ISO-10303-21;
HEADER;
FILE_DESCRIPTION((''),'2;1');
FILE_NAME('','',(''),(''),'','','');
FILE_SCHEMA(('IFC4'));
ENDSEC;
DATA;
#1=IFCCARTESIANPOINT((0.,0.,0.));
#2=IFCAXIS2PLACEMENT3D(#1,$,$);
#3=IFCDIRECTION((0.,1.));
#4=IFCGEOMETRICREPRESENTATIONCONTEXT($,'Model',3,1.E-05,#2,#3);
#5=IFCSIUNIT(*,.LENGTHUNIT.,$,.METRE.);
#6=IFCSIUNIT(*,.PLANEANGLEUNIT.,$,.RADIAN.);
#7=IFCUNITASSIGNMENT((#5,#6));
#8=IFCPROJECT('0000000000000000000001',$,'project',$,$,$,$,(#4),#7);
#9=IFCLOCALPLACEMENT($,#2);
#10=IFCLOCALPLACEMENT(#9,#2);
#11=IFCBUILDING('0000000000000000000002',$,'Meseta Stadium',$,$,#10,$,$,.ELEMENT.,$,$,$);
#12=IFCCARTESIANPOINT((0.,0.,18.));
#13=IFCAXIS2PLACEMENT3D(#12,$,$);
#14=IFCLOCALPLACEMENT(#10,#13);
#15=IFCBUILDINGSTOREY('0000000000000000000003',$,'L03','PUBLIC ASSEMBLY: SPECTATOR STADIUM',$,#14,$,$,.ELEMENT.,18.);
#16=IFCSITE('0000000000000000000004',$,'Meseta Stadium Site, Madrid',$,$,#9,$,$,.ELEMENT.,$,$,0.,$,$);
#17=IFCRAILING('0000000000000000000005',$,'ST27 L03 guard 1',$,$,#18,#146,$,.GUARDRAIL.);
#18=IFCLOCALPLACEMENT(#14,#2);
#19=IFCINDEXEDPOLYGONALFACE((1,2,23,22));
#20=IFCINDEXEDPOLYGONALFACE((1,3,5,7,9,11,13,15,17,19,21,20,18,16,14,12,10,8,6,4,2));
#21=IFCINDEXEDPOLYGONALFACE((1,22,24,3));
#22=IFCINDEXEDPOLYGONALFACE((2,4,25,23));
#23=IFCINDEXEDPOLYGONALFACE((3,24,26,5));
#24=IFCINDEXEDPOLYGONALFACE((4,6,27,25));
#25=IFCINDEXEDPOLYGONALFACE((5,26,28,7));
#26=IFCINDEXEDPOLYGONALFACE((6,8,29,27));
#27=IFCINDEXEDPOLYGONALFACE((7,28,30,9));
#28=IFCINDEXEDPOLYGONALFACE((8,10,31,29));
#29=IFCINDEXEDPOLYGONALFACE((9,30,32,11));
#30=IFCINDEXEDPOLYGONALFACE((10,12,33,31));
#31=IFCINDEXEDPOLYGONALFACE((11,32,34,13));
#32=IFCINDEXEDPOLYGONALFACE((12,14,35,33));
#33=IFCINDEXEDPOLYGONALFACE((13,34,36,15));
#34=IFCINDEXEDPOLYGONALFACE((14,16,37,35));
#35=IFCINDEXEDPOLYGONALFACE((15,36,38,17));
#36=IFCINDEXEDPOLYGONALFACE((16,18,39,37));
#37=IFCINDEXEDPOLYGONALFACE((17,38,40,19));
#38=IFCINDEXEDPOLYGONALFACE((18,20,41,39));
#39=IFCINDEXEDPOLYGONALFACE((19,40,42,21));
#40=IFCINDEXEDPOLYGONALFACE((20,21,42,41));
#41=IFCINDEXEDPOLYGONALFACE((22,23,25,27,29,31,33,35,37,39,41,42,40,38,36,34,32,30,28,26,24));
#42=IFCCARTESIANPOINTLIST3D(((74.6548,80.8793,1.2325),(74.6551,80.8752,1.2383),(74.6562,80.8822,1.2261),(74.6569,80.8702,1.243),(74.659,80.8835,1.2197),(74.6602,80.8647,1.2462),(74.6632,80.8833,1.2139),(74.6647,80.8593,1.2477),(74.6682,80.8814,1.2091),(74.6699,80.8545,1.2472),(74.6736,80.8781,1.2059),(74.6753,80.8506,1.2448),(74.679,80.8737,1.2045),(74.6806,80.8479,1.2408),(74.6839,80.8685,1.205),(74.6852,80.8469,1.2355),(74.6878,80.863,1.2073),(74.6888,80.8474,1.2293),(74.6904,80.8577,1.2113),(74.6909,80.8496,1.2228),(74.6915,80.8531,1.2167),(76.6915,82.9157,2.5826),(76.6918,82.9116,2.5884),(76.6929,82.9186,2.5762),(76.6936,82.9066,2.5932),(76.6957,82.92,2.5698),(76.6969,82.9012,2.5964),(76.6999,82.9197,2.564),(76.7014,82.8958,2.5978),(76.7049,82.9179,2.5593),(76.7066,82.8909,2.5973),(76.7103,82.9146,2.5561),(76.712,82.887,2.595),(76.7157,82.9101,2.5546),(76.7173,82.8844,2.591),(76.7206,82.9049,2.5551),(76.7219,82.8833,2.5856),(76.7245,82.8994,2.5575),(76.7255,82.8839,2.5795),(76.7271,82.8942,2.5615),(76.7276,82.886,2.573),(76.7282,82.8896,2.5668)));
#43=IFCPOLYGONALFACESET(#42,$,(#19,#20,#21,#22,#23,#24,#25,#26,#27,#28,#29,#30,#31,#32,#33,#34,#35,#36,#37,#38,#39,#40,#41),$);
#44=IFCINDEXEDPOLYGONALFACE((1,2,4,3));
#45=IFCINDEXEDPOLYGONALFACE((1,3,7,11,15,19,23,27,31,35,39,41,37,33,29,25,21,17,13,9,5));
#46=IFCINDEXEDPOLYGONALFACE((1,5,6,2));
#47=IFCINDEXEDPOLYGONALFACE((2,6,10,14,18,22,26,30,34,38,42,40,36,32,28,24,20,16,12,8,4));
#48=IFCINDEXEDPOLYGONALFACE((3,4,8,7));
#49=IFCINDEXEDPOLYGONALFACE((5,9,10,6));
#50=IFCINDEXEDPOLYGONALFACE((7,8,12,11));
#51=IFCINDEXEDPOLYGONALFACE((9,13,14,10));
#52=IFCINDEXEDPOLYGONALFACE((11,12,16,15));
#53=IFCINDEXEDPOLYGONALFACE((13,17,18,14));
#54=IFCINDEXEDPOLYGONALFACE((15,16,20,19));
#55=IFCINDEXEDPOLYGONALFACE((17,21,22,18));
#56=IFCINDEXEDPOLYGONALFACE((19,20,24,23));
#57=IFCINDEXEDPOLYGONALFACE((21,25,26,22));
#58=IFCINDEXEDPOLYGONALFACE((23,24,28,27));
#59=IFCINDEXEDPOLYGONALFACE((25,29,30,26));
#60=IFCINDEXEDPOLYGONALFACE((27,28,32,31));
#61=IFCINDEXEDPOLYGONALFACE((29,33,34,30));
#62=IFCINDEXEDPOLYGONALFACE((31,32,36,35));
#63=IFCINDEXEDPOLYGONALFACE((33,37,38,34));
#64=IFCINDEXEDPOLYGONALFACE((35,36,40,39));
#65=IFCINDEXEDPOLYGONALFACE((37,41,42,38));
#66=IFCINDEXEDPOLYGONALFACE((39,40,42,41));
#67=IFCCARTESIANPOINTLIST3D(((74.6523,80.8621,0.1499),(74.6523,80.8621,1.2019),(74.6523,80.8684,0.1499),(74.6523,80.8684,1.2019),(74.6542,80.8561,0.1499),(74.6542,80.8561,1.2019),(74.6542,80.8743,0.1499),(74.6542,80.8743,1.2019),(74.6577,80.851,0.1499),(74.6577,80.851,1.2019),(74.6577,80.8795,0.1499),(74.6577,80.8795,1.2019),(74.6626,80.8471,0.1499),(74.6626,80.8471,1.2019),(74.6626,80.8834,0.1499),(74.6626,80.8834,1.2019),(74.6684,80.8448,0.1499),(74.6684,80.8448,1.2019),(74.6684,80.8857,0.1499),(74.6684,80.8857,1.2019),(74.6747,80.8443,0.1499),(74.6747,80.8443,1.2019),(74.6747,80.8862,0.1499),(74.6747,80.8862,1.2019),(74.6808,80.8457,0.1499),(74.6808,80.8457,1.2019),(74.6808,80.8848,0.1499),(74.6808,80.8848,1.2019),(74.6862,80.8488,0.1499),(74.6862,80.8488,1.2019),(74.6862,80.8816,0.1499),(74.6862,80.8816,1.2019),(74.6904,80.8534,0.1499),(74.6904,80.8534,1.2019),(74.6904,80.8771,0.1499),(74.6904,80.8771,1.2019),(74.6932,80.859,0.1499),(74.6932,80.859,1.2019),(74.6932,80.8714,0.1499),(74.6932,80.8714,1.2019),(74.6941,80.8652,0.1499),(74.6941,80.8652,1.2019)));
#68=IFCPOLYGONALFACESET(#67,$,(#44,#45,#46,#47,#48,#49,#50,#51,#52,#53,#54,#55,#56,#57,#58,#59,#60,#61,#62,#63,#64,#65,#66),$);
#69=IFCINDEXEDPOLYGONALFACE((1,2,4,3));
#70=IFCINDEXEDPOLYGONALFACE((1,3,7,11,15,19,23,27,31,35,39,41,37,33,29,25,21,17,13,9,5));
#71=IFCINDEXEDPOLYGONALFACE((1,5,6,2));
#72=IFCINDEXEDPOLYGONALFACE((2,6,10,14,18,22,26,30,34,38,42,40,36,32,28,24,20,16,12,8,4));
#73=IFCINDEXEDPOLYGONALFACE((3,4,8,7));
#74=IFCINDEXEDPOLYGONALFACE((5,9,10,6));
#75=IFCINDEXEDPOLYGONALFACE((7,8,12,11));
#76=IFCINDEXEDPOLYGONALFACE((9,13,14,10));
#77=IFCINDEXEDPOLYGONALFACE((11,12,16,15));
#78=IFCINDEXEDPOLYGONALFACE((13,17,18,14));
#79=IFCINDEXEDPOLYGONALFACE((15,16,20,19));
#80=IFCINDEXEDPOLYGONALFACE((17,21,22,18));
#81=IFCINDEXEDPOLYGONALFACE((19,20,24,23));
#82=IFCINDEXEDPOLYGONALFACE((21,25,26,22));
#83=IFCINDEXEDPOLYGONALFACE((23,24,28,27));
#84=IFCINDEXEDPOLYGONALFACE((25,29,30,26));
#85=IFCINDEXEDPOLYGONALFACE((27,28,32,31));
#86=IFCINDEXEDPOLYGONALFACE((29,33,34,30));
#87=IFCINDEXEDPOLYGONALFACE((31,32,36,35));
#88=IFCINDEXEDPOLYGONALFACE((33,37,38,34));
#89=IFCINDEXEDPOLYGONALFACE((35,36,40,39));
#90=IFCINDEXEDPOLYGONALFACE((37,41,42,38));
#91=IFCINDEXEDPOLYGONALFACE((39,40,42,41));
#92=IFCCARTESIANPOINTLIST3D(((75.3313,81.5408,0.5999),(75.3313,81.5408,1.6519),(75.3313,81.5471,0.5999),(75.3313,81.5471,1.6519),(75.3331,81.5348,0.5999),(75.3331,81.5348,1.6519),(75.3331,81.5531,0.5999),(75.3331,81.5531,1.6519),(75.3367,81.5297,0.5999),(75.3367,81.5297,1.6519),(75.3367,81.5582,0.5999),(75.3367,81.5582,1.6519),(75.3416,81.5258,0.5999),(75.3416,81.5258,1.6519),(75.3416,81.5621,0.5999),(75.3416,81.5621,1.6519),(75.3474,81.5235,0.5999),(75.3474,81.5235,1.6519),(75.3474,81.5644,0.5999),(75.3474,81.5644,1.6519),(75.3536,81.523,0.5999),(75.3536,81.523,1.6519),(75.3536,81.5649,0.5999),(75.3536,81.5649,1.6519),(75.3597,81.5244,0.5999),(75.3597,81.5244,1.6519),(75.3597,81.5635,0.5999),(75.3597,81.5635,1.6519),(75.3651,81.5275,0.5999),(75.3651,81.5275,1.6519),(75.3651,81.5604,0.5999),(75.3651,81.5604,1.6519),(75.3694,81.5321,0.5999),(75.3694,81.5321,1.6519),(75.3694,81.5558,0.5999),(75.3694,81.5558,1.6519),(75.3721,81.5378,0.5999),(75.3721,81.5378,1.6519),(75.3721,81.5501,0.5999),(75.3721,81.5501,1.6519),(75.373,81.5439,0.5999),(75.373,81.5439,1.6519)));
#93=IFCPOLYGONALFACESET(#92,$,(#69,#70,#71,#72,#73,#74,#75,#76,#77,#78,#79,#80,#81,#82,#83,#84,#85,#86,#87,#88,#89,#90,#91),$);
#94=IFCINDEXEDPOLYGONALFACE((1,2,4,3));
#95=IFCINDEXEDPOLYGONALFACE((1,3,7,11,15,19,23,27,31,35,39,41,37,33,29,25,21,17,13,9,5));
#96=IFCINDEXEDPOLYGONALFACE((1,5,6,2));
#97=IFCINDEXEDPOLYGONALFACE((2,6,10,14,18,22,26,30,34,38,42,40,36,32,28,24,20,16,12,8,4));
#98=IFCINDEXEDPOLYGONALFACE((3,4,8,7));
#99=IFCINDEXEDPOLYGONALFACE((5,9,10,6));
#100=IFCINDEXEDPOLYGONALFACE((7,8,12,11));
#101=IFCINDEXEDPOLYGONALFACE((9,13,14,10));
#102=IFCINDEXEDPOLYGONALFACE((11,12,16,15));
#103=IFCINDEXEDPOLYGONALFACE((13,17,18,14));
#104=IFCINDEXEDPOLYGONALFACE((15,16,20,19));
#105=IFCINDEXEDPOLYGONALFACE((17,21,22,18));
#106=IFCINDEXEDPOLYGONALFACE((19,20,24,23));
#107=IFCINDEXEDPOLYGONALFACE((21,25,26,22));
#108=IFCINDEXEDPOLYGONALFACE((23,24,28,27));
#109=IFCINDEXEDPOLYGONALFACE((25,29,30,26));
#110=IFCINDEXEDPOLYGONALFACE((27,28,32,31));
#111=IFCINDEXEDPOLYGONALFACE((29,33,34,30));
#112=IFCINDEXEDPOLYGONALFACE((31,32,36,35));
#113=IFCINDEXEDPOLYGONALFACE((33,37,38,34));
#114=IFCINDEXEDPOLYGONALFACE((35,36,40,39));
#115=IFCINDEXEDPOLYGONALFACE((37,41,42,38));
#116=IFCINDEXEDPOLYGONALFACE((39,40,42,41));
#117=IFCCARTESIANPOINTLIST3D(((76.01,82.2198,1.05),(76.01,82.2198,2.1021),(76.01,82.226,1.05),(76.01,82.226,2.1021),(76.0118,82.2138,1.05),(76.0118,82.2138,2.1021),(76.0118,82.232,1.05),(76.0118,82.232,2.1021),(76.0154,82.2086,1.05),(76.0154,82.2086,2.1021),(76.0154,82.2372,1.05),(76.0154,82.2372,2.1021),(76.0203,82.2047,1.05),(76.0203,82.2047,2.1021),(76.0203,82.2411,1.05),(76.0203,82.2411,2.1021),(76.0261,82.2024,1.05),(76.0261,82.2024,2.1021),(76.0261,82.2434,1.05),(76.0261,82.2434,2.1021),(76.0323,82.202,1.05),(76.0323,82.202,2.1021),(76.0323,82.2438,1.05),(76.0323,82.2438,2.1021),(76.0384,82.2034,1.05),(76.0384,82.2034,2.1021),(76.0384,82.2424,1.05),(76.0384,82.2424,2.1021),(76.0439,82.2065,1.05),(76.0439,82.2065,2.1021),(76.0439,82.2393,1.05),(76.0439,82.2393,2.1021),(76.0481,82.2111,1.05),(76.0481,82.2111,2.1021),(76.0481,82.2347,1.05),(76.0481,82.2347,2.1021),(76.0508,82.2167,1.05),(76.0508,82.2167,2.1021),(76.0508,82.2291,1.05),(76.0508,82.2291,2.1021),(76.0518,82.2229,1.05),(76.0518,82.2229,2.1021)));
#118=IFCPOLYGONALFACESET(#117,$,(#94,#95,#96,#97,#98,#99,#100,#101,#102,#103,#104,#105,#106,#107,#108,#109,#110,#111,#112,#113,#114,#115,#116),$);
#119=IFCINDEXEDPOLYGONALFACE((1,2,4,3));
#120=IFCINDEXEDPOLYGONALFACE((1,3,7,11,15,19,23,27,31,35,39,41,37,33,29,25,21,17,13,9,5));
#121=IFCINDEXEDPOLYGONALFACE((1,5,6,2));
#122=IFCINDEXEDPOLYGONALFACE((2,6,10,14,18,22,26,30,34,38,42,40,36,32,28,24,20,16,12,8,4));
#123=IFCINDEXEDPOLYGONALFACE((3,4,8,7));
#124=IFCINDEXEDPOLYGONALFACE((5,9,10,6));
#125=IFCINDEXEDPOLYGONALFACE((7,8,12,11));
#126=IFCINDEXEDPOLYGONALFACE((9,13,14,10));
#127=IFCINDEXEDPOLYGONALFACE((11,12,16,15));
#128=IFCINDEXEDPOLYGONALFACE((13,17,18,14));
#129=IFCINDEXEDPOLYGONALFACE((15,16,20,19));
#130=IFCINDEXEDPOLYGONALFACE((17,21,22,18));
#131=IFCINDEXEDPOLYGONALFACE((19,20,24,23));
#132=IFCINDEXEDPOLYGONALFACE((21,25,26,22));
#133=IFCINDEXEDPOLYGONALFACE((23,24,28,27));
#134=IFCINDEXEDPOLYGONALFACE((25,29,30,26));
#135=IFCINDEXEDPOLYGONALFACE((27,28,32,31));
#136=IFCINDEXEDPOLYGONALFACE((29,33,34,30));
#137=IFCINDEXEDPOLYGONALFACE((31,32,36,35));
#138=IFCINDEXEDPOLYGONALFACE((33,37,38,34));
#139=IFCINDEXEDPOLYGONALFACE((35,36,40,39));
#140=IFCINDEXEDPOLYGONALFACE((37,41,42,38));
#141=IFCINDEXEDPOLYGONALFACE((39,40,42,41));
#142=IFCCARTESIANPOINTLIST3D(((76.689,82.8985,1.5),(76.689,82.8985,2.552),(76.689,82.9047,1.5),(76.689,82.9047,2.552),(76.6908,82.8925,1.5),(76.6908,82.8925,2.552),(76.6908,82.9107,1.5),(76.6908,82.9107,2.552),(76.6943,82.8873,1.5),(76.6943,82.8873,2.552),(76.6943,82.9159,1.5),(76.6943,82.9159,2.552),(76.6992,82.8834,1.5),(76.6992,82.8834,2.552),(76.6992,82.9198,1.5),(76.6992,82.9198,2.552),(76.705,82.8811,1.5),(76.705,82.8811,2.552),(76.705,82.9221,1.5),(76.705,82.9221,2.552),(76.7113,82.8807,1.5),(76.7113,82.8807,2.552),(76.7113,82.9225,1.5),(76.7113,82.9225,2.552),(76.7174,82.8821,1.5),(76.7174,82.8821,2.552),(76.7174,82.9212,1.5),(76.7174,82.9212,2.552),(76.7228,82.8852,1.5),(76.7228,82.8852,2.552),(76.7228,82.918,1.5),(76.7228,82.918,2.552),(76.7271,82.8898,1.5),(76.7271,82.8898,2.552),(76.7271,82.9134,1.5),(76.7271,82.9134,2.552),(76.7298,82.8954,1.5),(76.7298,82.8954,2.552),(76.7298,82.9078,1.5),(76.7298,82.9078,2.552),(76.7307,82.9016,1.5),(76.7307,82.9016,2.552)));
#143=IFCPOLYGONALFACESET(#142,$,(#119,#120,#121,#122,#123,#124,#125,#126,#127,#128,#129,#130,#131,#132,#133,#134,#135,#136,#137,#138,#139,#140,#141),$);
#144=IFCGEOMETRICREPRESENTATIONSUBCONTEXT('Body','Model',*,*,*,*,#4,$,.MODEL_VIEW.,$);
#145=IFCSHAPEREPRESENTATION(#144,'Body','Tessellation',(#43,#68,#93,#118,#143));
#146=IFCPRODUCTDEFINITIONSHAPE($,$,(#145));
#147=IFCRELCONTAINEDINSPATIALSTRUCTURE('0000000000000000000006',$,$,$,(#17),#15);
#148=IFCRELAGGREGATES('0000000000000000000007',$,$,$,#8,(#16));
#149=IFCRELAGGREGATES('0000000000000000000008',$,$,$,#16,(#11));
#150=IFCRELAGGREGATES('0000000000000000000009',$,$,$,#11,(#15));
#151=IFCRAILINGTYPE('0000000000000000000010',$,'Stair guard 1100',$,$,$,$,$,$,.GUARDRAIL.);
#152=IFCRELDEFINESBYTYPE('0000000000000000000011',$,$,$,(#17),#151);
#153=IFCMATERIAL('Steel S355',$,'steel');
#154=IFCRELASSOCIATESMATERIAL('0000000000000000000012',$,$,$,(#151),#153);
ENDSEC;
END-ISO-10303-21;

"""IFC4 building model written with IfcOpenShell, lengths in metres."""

from ifc_helpers import new_model, si_unit, direction, frame, origin, origin_2d, place, context, subcontext, project, spatial, circle, extrude, material, type_object, element, save


model = new_model("IFC4")

# Units and contexts
model_context = context("Model", 3, precision=1e-05, world=origin(), true_north=direction((0.0, 1.0)))
body_context = subcontext(model_context, "Body", "Model", "MODEL_VIEW")
ifc_project = project(units=[si_unit("LENGTHUNIT", "METRE"), si_unit("PLANEANGLEUNIT", "RADIAN")], contexts=[model_context])

# Site, building, storey
site_placement = place(None, origin())
site = spatial("IfcSite", under=ifc_project, at=site_placement, Name="Meseta Stadium Site, Madrid", CompositionType="ELEMENT", RefElevation=0.0)
building_placement = place(site_placement, origin())
building = spatial("IfcBuilding", under=site, at=building_placement, Name="Meseta Stadium", CompositionType="ELEMENT")
storey_placement = place(building_placement, frame((0.0, 0.0, 18.0)))
storey = spatial("IfcBuildingStorey", under=building, at=storey_placement, Name="L03", Description="PUBLIC ASSEMBLY: SPECTATOR STADIUM", CompositionType="ELEMENT", Elevation=18.0)

# Railing
ifc_material_1 = material(Name="Steel S355", Category="steel")
railing_type_1 = type_object("IfcRailingType", Name="Stair guard 1100", PredefinedType="GUARDRAIL", material=ifc_material_1)
railing_1_placement = place(storey_placement, frame((74.6731, 80.8652, 0.1499)))
element("IfcRailing", 1, at=railing_1_placement, inside=storey, type_object=railing_type_1, Name="ST27 L03 guard 1", PredefinedType="GUARDRAIL", context=body_context, shape_type="SweptSolid", body=[
    extrude(circle(Radius=0.0239, at=origin_2d()), frame((0.0, 0.0, 1.0762), z_axis=(0.640288, 0.640211, 0.424454), x_axis=(-0.707064, 0.707149, 0.0)), (0.0, 0.0, 1.0), 3.1809),
    extrude(circle(Radius=0.021, at=origin_2d()), origin(), (0.0, 0.0, 1.0), 1.052),
    extrude(circle(Radius=0.021, at=origin_2d()), frame((0.679, 0.6787, 0.45)), (0.0, 0.0, 1.0), 1.052),
    extrude(circle(Radius=0.021, at=origin_2d()), frame((1.3577, 1.3577, 0.9001)), (0.0, 0.0, 1.0), 1.052),
    extrude(circle(Radius=0.021, at=origin_2d()), frame((2.0366, 2.0364, 1.3501)), (0.0, 0.0, 1.0), 1.052),
])

save(model, "model.ifc")
